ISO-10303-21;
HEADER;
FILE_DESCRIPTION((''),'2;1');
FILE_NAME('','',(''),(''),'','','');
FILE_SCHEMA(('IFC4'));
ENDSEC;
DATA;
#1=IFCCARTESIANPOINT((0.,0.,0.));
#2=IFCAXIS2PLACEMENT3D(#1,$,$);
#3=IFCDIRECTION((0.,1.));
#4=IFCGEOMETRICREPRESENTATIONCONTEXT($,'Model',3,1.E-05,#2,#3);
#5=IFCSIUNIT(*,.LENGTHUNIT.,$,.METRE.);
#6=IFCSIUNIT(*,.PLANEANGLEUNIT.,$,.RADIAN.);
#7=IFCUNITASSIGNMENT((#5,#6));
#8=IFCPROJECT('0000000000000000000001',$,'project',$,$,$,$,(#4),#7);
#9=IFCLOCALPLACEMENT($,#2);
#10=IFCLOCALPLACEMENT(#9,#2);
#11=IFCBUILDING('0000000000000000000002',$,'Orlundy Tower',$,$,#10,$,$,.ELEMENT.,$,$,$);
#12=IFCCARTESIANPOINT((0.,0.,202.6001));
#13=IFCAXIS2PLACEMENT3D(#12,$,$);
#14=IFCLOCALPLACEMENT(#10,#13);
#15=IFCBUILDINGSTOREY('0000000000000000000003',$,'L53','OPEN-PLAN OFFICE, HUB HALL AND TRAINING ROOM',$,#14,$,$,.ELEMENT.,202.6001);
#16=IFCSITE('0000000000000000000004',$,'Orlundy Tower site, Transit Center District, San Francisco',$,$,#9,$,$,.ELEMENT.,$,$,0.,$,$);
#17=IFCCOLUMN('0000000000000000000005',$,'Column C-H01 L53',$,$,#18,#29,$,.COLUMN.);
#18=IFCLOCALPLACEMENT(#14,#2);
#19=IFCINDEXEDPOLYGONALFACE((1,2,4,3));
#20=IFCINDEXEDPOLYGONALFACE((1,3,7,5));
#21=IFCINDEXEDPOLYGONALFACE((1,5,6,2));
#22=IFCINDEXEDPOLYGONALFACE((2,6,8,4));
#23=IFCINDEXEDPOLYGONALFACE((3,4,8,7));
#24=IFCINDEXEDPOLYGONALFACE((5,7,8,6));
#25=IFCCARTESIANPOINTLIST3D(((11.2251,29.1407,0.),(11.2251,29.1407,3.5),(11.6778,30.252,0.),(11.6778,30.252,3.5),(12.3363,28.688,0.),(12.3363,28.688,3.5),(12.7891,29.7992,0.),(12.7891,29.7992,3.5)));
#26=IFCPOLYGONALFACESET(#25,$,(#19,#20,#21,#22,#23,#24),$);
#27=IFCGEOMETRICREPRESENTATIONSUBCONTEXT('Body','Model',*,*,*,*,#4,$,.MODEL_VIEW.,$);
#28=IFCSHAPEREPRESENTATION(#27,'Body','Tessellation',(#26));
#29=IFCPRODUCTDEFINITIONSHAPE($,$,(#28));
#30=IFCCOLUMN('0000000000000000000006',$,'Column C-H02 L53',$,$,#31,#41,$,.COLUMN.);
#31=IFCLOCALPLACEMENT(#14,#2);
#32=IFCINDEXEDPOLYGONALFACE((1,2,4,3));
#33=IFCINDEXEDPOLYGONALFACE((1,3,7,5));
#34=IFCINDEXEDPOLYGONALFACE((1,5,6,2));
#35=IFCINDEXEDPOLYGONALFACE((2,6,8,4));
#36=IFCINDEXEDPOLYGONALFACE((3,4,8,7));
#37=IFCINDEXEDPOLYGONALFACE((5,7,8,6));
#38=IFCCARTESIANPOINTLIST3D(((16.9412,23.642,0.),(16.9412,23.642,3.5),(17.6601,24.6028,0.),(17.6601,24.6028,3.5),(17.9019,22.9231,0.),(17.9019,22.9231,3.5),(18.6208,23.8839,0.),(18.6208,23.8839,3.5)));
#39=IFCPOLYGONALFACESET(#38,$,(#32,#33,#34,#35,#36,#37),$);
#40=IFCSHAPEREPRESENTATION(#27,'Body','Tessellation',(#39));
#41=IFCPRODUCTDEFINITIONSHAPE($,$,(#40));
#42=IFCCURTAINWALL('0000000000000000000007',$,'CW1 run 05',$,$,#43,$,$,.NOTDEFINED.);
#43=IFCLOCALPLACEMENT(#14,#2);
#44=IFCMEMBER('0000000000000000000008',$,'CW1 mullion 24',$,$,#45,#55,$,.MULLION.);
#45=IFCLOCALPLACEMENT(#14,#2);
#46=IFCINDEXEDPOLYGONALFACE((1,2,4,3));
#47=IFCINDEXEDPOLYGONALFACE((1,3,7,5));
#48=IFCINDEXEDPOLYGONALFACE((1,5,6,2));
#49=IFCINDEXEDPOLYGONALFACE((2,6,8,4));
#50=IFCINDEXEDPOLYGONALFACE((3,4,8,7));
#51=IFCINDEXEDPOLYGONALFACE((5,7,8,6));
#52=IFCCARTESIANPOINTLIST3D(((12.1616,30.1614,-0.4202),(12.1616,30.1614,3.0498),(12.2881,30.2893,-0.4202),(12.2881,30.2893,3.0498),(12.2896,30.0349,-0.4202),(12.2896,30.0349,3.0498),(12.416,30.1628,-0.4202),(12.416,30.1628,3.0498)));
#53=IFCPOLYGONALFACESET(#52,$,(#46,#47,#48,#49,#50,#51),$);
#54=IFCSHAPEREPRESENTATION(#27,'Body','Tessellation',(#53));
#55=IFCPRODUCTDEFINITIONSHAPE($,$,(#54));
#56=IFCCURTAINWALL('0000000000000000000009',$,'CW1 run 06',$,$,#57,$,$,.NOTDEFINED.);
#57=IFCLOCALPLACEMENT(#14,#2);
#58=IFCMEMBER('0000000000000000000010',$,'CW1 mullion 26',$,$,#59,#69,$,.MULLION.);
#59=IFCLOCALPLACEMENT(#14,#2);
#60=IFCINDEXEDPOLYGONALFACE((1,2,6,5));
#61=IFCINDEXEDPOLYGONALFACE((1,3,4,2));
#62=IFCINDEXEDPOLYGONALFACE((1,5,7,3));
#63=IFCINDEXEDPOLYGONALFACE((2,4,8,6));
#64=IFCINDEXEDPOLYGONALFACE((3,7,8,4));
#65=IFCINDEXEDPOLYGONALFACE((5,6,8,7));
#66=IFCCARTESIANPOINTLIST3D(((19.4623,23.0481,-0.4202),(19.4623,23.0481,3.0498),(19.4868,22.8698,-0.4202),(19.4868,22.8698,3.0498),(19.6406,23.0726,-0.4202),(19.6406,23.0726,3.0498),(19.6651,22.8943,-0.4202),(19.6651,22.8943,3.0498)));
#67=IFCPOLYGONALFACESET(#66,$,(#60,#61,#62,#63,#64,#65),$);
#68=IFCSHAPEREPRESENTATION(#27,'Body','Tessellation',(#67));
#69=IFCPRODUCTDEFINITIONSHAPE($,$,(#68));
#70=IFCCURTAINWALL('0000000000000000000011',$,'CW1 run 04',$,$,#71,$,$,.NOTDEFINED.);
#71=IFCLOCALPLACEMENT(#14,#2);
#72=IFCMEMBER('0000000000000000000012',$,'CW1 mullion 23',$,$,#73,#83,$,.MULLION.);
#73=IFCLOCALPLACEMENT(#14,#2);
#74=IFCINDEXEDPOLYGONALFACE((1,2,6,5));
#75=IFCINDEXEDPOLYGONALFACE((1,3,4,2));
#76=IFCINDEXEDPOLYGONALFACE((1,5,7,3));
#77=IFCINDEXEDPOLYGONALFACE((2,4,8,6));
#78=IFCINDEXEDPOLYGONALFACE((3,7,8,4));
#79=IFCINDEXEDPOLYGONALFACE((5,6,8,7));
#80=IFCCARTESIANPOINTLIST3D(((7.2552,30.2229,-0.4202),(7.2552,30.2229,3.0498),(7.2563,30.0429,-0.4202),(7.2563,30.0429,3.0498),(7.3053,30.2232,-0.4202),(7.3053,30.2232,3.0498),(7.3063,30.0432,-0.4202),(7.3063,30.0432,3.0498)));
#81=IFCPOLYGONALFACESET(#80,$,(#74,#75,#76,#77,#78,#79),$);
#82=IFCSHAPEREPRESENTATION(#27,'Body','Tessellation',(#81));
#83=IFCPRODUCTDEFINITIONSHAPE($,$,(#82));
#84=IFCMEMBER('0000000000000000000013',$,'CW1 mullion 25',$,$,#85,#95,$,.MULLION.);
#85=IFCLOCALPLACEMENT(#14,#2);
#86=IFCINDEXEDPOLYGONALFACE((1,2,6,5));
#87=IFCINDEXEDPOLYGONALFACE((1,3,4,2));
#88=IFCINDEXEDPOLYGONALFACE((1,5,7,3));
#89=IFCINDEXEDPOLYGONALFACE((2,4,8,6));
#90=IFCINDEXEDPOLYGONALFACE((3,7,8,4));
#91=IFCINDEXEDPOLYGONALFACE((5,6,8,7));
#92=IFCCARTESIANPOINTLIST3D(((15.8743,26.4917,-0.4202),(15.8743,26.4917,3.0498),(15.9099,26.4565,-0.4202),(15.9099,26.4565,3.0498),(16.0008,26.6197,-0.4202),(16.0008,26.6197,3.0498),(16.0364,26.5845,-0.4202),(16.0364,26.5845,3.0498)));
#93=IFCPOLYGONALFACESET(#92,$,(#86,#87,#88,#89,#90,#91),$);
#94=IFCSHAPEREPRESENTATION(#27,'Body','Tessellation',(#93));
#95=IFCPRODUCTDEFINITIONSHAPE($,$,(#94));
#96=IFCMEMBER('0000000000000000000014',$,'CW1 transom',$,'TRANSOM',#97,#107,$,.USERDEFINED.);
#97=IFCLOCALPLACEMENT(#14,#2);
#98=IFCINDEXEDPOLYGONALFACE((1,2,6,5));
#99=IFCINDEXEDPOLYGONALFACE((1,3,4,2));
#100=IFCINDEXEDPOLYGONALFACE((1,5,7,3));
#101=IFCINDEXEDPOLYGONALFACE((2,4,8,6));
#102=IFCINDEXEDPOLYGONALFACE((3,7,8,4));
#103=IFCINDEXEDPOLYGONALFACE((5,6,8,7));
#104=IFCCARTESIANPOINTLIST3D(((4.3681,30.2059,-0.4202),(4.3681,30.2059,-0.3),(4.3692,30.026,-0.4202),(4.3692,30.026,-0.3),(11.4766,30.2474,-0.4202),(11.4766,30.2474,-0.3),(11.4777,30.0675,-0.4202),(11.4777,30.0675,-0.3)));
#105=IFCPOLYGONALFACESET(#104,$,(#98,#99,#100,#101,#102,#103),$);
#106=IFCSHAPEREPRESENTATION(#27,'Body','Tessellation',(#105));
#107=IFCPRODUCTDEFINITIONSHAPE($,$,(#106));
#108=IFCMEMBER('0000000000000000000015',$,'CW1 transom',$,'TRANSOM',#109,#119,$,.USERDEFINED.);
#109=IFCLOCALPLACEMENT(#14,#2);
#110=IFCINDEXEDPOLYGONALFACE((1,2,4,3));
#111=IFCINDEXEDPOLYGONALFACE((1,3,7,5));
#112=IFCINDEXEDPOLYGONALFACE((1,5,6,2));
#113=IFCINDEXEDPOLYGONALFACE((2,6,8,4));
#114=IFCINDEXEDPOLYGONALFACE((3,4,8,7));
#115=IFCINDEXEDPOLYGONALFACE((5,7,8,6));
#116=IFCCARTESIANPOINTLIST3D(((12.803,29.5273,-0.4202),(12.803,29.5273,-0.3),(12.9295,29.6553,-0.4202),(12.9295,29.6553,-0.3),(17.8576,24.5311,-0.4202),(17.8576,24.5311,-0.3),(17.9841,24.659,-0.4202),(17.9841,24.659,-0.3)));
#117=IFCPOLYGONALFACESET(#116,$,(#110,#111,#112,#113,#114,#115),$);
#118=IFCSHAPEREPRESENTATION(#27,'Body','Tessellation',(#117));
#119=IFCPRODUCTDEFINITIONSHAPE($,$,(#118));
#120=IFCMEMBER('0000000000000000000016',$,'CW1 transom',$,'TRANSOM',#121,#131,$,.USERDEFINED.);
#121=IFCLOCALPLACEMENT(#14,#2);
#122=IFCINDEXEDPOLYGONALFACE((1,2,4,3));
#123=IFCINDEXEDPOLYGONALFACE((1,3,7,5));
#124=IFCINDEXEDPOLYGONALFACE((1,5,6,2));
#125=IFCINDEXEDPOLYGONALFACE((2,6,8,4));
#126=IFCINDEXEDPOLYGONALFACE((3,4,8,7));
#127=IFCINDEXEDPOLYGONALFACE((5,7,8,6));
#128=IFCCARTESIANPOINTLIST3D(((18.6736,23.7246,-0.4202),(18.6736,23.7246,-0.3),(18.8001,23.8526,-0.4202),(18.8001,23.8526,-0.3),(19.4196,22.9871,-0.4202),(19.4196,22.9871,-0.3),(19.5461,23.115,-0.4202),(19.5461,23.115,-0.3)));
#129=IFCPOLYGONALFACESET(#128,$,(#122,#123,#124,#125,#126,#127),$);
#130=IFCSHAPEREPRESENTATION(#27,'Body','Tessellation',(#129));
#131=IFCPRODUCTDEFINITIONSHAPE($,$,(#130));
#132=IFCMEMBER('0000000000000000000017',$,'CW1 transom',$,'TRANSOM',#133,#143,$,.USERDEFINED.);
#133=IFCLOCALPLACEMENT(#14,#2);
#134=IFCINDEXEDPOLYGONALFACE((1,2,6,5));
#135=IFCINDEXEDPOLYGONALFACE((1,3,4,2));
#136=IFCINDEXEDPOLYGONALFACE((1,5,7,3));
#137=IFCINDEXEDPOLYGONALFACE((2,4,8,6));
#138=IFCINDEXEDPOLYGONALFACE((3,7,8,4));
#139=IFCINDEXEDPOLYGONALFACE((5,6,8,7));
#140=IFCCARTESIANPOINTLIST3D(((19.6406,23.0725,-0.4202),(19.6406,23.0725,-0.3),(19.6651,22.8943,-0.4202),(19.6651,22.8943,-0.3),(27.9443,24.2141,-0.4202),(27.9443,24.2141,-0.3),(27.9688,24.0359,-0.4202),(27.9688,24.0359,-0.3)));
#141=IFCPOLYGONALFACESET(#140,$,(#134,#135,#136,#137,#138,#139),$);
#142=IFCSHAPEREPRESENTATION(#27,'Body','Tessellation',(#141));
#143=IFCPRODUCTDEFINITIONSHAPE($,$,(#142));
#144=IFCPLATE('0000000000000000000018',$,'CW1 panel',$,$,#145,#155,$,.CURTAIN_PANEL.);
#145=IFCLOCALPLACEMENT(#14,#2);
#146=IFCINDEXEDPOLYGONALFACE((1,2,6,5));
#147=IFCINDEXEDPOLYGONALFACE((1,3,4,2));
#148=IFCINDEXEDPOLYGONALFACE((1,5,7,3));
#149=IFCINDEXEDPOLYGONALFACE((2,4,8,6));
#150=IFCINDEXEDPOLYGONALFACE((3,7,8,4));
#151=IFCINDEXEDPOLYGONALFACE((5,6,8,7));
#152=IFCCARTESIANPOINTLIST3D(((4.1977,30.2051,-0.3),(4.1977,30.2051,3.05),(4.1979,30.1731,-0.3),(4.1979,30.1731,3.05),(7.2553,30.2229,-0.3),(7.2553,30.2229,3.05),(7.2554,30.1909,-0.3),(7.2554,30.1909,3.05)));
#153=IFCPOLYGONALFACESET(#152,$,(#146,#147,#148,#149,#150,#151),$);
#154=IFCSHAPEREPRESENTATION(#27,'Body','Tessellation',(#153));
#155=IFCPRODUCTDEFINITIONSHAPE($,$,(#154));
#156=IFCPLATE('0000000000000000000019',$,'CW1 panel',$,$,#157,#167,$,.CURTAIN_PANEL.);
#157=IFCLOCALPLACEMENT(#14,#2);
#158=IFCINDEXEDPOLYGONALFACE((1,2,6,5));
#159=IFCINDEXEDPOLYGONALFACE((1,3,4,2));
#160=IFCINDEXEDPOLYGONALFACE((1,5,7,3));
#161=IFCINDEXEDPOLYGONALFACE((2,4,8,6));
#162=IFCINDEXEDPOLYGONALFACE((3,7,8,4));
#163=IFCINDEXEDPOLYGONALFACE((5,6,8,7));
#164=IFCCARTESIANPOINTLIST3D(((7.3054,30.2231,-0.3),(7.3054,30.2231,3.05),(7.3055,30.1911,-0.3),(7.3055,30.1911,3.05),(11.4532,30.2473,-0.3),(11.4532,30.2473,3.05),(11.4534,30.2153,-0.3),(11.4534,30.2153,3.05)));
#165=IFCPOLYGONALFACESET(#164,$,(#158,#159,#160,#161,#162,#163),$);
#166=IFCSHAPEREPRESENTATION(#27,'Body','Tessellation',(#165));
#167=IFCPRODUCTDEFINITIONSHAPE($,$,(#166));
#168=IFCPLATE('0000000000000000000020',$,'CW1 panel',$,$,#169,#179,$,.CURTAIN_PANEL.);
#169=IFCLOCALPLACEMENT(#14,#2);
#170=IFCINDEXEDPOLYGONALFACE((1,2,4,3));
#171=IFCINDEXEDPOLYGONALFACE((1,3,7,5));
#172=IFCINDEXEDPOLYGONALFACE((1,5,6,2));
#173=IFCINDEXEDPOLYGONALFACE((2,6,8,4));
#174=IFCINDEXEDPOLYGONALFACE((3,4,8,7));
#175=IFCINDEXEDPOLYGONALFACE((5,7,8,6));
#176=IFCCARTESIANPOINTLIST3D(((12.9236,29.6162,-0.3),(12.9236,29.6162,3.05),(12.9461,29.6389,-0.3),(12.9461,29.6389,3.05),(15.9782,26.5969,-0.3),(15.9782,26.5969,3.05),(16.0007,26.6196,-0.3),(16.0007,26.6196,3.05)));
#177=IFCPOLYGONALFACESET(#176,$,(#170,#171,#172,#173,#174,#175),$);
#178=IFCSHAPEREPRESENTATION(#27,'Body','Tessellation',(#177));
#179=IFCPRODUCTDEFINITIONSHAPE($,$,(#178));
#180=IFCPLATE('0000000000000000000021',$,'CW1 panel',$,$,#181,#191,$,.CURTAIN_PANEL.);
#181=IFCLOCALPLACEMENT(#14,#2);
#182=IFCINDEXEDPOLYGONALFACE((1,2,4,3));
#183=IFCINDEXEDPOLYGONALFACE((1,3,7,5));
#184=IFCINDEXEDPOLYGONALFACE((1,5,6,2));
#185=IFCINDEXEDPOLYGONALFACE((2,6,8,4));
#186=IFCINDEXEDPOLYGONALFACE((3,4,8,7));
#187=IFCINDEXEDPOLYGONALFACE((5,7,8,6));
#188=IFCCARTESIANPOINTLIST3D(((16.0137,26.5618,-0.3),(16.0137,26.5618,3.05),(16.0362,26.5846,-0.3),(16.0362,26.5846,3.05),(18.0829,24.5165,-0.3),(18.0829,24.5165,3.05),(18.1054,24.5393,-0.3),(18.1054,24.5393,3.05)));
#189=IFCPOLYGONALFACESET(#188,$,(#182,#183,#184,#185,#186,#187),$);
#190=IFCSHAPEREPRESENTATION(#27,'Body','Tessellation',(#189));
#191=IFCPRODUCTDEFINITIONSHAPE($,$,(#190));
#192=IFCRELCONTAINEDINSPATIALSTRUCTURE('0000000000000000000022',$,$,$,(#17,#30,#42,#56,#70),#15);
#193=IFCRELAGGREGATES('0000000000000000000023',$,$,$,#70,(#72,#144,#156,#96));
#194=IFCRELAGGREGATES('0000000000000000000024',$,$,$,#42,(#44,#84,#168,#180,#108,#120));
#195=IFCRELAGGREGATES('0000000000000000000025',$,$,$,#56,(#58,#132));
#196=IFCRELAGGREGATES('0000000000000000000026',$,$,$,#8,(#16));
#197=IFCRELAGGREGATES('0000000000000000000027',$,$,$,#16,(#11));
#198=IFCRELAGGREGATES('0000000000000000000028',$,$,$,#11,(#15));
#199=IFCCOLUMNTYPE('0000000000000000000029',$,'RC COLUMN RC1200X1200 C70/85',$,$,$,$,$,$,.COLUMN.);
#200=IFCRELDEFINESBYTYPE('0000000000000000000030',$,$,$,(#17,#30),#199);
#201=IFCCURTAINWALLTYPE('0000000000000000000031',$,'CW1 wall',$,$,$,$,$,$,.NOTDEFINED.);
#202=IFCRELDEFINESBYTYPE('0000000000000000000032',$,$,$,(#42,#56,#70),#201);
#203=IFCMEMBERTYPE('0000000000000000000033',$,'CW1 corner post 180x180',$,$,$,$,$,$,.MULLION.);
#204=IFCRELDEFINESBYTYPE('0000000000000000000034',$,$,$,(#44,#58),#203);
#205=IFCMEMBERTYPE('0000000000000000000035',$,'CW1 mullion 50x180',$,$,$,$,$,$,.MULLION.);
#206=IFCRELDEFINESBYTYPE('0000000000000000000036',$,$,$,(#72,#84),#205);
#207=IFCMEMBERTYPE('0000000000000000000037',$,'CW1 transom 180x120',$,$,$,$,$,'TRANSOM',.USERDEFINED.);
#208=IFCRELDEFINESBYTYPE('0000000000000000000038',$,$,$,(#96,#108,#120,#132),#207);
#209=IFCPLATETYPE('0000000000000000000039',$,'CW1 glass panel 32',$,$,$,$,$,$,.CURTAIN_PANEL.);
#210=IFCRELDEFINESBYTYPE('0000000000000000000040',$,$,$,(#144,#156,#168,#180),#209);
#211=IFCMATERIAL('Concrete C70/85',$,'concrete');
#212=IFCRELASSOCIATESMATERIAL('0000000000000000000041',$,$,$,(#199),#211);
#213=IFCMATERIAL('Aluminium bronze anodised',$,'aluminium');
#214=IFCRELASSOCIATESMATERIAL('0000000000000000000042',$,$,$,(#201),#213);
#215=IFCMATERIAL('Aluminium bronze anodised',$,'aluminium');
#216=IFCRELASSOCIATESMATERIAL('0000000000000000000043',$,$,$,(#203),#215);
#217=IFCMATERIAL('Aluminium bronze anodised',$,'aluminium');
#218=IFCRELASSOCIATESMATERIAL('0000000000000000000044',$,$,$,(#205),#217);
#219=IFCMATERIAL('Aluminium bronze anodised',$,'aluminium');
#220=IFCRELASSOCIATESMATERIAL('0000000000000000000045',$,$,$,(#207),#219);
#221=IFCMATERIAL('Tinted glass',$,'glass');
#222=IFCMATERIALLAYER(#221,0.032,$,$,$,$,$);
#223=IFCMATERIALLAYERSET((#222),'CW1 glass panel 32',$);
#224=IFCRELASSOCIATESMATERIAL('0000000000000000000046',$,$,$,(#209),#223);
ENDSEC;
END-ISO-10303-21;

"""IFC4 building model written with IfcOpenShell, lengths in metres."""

from ifc_helpers import new_model, si_unit, direction, frame, origin, origin_2d, place, context, subcontext, project, spatial, rectangle, extrude, material, layer, layer_set, material_profile, profile_set, type_object, element, aggregate, save


model = new_model("IFC4")

# Units and contexts
model_context = context("Model", 3, precision=1e-05, world=origin(), true_north=direction((0.0, 1.0)))
body_context = subcontext(model_context, "Body", "Model", "MODEL_VIEW")
ifc_project = project(units=[si_unit("LENGTHUNIT", "METRE"), si_unit("PLANEANGLEUNIT", "RADIAN")], contexts=[model_context])

# Site, building, storey
site_placement = place(None, origin())
site = spatial("IfcSite", under=ifc_project, at=site_placement, Name="Orlundy Tower site, Transit Center District, San Francisco", CompositionType="ELEMENT", RefElevation=0.0)
building_placement = place(site_placement, origin())
building = spatial("IfcBuilding", under=site, at=building_placement, Name="Orlundy Tower", CompositionType="ELEMENT")
storey_placement = place(building_placement, frame((0.0, 0.0, 202.6001)))
storey = spatial("IfcBuildingStorey", under=building, at=storey_placement, Name="L53", Description="OPEN-PLAN OFFICE, HUB HALL AND TRAINING ROOM", CompositionType="ELEMENT", Elevation=202.6001)

# Columns
ifc_material_1 = material(Name="Concrete C70/85", Category="concrete")
ifc_material_profile_1 = material_profile(ifc_material_1, rectangle(XDim=1.2, YDim=1.2, at=origin_2d()), Name="RC1200X1200")
ifc_profile_set_1 = profile_set([ifc_material_profile_1], Name="Concrete C70/85")
column_type = type_object("IfcColumnType", Name="RC COLUMN RC1200X1200 C70/85", PredefinedType="COLUMN", material=ifc_profile_set_1)
for number, where, z_axis, x_axis, name in (
    (1, (12.0071, 29.47, 0.0), (0.0, 0.0, 1.0), (0.377324, 0.926081, 0.0), "Column C-H01 L53"),
    (2, (17.781, 23.7629, 0.0), (0.0, 0.0, 1.0), (0.599107, 0.800669, 0.0), "Column C-H02 L53"),
):
    element("IfcColumn", number, at=place(storey_placement, frame(where, z_axis=z_axis, x_axis=x_axis)), inside=storey, type_object=column_type, Name=name, PredefinedType="COLUMN", context=body_context, shape_type="SweptSolid", body=[
        extrude(rectangle(XDim=1.2, YDim=1.2, at=origin_2d()), origin(), (0.0, 0.0, 1.0), 3.5),
    ])

# Curtain walls, members
ifc_material_2 = material(Name="Aluminium bronze anodised", Category="aluminium")
curtain_wall_type = type_object("IfcCurtainWallType", Name="CW1 wall", PredefinedType="NOTDEFINED", material=ifc_material_2)
curtain_wall_1_placement = place(storey_placement, origin())
curtain_wall_1 = element("IfcCurtainWall", 3, at=curtain_wall_1_placement, inside=storey, type_object=curtain_wall_type, Name="CW1 run 05", PredefinedType="NOTDEFINED")
ifc_material_3 = material(Name="Aluminium bronze anodised", Category="aluminium")
ifc_material_profile_2 = material_profile(ifc_material_3, rectangle(XDim=0.1799, YDim=0.1799, at=origin_2d()), Name="CW1 corner post 180x180")
ifc_profile_set_2 = profile_set([ifc_material_profile_2], Name="Aluminium bronze anodised")
member_type_1 = type_object("IfcMemberType", Name="CW1 corner post 180x180", PredefinedType="MULLION", material=ifc_profile_set_2)
member_1_placement = place(storey_placement, frame((12.2888, 30.1621, -0.4202), z_axis=(0.0, 0.0, 1.0), x_axis=(0.702992, 0.711198, 0.0)))
member_1 = element("IfcMember", 4, at=member_1_placement, type_object=member_type_1, Name="CW1 mullion 24", PredefinedType="MULLION", context=body_context, shape_type="SweptSolid", body=[
    extrude(rectangle(XDim=0.1799, YDim=0.1799, at=origin_2d()), origin(), (0.0, 0.0, 1.0), 3.47),
])
curtain_wall_2_placement = place(storey_placement, origin())
curtain_wall_2 = element("IfcCurtainWall", 5, at=curtain_wall_2_placement, inside=storey, type_object=curtain_wall_type, Name="CW1 run 06", PredefinedType="NOTDEFINED")
member_2_placement = place(storey_placement, frame((19.5637, 22.9712, -0.4202), z_axis=(0.0, 0.0, 1.0), x_axis=(-0.136185, 0.990683, 0.0)))
member_2 = element("IfcMember", 6, at=member_2_placement, type_object=member_type_1, Name="CW1 mullion 26", PredefinedType="MULLION", context=body_context, shape_type="SweptSolid", body=[
    extrude(rectangle(XDim=0.1799, YDim=0.1799, at=origin_2d()), origin(), (0.0, 0.0, 1.0), 3.47),
])
curtain_wall_3_placement = place(storey_placement, origin())
curtain_wall_3 = element("IfcCurtainWall", 7, at=curtain_wall_3_placement, inside=storey, type_object=curtain_wall_type, Name="CW1 run 04", PredefinedType="NOTDEFINED")
ifc_material_4 = material(Name="Aluminium bronze anodised", Category="aluminium")
ifc_material_profile_3 = material_profile(ifc_material_4, rectangle(XDim=0.1799, YDim=0.05, at=origin_2d()), Name="CW1 mullion 50x180")
ifc_profile_set_3 = profile_set([ifc_material_profile_3], Name="Aluminium bronze anodised")
member_type_2 = type_object("IfcMemberType", Name="CW1 mullion 50x180", PredefinedType="MULLION", material=ifc_profile_set_3)
member_3_placement = place(storey_placement, frame((7.2808, 30.1331, -0.4202), z_axis=(0.0, 0.0, 1.0), x_axis=(-0.005834, 0.999983, 0.0)))
member_3 = element("IfcMember", 8, at=member_3_placement, type_object=member_type_2, Name="CW1 mullion 23", PredefinedType="MULLION", context=body_context, shape_type="SweptSolid", body=[
    extrude(rectangle(XDim=0.1799, YDim=0.05, at=origin_2d()), origin(), (0.0, 0.0, 1.0), 3.47),
])

# Members
member_4_placement = place(storey_placement, frame((15.9553, 26.5381, -0.4202), z_axis=(0.0, 0.0, 1.0), x_axis=(0.702992, 0.711198, 0.0)))
member_4 = element("IfcMember", 9, at=member_4_placement, type_object=member_type_2, Name="CW1 mullion 25", PredefinedType="MULLION", context=body_context, shape_type="SweptSolid", body=[
    extrude(rectangle(XDim=0.1799, YDim=0.05, at=origin_2d()), origin(), (0.0, 0.0, 1.0), 3.47),
])
ifc_material_5 = material(Name="Aluminium bronze anodised", Category="aluminium")
ifc_material_profile_4 = material_profile(ifc_material_5, rectangle(XDim=0.1799, YDim=0.1201, at=origin_2d()), Name="CW1 transom 180x120")
ifc_profile_set_4 = profile_set([ifc_material_profile_4], Name="Aluminium bronze anodised")
member_type_3 = type_object("IfcMemberType", Name="CW1 transom 180x120", ElementType="TRANSOM", PredefinedType="USERDEFINED", material=ifc_profile_set_4)
member_5_placement = place(storey_placement, frame((4.3687, 30.116, -0.3601), z_axis=(0.999983, 0.005838, 0.0), x_axis=(-0.005838, 0.999983, 0.0)))
member_5 = element("IfcMember", 10, at=member_5_placement, type_object=member_type_3, Name="CW1 transom", ObjectType="TRANSOM", PredefinedType="USERDEFINED", context=body_context, shape_type="SweptSolid", body=[
    extrude(rectangle(XDim=0.1799, YDim=0.1201, at=origin_2d()), origin(), (0.0, 0.0, 1.0), 7.1086),
])
member_6_placement = place(storey_placement, frame((12.8662, 29.5913, -0.3601), z_axis=(0.7112, -0.70299, 0.0), x_axis=(0.70299, 0.7112, 0.0)))
member_6 = element("IfcMember", 11, at=member_6_placement, type_object=member_type_3, Name="CW1 transom", ObjectType="TRANSOM", PredefinedType="USERDEFINED", context=body_context, shape_type="SweptSolid", body=[
    extrude(rectangle(XDim=0.1799, YDim=0.1201, at=origin_2d()), origin(), (0.0, 0.0, 1.0), 7.1072),
])
member_7_placement = place(storey_placement, frame((18.7368, 23.7886, -0.3601), z_axis=(0.711168, -0.703023, 0.0), x_axis=(0.703023, 0.711168, 0.0)))
member_7 = element("IfcMember", 12, at=member_7_placement, type_object=member_type_3, Name="CW1 transom", ObjectType="TRANSOM", PredefinedType="USERDEFINED", context=body_context, shape_type="SweptSolid", body=[
    extrude(rectangle(XDim=0.1799, YDim=0.1201, at=origin_2d()), origin(), (0.0, 0.0, 1.0), 1.0491),
])
member_8_placement = place(storey_placement, frame((19.6528, 22.9834, -0.3601), z_axis=(0.990681, 0.1362, 0.0), x_axis=(-0.1362, 0.990681, 0.0)))
member_8 = element("IfcMember", 13, at=member_8_placement, type_object=member_type_3, Name="CW1 transom", ObjectType="TRANSOM", PredefinedType="USERDEFINED", context=body_context, shape_type="SweptSolid", body=[
    extrude(rectangle(XDim=0.1799, YDim=0.1201, at=origin_2d()), origin(), (0.0, 0.0, 1.0), 8.3818),
])

# Plates
ifc_material_6 = material(Name="Tinted glass", Category="glass")
ifc_layer_1 = layer(ifc_material_6, 0.032)
ifc_layer_set_1 = layer_set([ifc_layer_1], Name="CW1 glass panel 32")
plate_type = type_object("IfcPlateType", Name="CW1 glass panel 32", PredefinedType="CURTAIN_PANEL", material=ifc_layer_set_1)
plate_1_placement = place(storey_placement, frame((5.7266, 30.198, -0.3), z_axis=(0.0, 0.0, 1.0), x_axis=(0.999983, 0.005834, 0.0)))
plate_1 = element("IfcPlate", 14, at=plate_1_placement, type_object=plate_type, Name="CW1 panel", PredefinedType="CURTAIN_PANEL", context=body_context, shape_type="SweptSolid", body=[
    extrude(rectangle(XDim=3.0576, YDim=0.032, at=origin_2d()), origin(), (0.0, 0.0, 1.0), 3.3501),
])
plate_2_placement = place(storey_placement, frame((9.3794, 30.2192, -0.3), z_axis=(0.0, 0.0, 1.0), x_axis=(0.999983, 0.005834, 0.0)))
plate_2 = element("IfcPlate", 15, at=plate_2_placement, type_object=plate_type, Name="CW1 panel", PredefinedType="CURTAIN_PANEL", context=body_context, shape_type="SweptSolid", body=[
    extrude(rectangle(XDim=4.1479, YDim=0.032, at=origin_2d()), origin(), (0.0, 0.0, 1.0), 3.3501),
])
aggregate(curtain_wall_3, [member_3, plate_1, plate_2, member_5])
plate_3_placement = place(storey_placement, frame((14.4622, 28.1179, -0.3), z_axis=(0.0, 0.0, 1.0), x_axis=(0.711198, -0.702992, 0.0)))
plate_3 = element("IfcPlate", 16, at=plate_3_placement, type_object=plate_type, Name="CW1 panel", PredefinedType="CURTAIN_PANEL", context=body_context, shape_type="SweptSolid", body=[
    extrude(rectangle(XDim=4.2949, YDim=0.032, at=origin_2d()), origin(), (0.0, 0.0, 1.0), 3.3501),
])
plate_4_placement = place(storey_placement, frame((17.0596, 25.5505, -0.3), z_axis=(0.0, 0.0, 1.0), x_axis=(0.711198, -0.702992, 0.0)))
plate_4 = element("IfcPlate", 17, at=plate_4_placement, type_object=plate_type, Name="CW1 panel", PredefinedType="CURTAIN_PANEL", context=body_context, shape_type="SweptSolid", body=[
    extrude(rectangle(XDim=2.9094, YDim=0.032, at=origin_2d()), origin(), (0.0, 0.0, 1.0), 3.3501),
])
aggregate(curtain_wall_1, [member_1, member_4, plate_3, plate_4, member_6, member_7])
aggregate(curtain_wall_2, [member_2, member_8])

save(model, "model.ifc")
